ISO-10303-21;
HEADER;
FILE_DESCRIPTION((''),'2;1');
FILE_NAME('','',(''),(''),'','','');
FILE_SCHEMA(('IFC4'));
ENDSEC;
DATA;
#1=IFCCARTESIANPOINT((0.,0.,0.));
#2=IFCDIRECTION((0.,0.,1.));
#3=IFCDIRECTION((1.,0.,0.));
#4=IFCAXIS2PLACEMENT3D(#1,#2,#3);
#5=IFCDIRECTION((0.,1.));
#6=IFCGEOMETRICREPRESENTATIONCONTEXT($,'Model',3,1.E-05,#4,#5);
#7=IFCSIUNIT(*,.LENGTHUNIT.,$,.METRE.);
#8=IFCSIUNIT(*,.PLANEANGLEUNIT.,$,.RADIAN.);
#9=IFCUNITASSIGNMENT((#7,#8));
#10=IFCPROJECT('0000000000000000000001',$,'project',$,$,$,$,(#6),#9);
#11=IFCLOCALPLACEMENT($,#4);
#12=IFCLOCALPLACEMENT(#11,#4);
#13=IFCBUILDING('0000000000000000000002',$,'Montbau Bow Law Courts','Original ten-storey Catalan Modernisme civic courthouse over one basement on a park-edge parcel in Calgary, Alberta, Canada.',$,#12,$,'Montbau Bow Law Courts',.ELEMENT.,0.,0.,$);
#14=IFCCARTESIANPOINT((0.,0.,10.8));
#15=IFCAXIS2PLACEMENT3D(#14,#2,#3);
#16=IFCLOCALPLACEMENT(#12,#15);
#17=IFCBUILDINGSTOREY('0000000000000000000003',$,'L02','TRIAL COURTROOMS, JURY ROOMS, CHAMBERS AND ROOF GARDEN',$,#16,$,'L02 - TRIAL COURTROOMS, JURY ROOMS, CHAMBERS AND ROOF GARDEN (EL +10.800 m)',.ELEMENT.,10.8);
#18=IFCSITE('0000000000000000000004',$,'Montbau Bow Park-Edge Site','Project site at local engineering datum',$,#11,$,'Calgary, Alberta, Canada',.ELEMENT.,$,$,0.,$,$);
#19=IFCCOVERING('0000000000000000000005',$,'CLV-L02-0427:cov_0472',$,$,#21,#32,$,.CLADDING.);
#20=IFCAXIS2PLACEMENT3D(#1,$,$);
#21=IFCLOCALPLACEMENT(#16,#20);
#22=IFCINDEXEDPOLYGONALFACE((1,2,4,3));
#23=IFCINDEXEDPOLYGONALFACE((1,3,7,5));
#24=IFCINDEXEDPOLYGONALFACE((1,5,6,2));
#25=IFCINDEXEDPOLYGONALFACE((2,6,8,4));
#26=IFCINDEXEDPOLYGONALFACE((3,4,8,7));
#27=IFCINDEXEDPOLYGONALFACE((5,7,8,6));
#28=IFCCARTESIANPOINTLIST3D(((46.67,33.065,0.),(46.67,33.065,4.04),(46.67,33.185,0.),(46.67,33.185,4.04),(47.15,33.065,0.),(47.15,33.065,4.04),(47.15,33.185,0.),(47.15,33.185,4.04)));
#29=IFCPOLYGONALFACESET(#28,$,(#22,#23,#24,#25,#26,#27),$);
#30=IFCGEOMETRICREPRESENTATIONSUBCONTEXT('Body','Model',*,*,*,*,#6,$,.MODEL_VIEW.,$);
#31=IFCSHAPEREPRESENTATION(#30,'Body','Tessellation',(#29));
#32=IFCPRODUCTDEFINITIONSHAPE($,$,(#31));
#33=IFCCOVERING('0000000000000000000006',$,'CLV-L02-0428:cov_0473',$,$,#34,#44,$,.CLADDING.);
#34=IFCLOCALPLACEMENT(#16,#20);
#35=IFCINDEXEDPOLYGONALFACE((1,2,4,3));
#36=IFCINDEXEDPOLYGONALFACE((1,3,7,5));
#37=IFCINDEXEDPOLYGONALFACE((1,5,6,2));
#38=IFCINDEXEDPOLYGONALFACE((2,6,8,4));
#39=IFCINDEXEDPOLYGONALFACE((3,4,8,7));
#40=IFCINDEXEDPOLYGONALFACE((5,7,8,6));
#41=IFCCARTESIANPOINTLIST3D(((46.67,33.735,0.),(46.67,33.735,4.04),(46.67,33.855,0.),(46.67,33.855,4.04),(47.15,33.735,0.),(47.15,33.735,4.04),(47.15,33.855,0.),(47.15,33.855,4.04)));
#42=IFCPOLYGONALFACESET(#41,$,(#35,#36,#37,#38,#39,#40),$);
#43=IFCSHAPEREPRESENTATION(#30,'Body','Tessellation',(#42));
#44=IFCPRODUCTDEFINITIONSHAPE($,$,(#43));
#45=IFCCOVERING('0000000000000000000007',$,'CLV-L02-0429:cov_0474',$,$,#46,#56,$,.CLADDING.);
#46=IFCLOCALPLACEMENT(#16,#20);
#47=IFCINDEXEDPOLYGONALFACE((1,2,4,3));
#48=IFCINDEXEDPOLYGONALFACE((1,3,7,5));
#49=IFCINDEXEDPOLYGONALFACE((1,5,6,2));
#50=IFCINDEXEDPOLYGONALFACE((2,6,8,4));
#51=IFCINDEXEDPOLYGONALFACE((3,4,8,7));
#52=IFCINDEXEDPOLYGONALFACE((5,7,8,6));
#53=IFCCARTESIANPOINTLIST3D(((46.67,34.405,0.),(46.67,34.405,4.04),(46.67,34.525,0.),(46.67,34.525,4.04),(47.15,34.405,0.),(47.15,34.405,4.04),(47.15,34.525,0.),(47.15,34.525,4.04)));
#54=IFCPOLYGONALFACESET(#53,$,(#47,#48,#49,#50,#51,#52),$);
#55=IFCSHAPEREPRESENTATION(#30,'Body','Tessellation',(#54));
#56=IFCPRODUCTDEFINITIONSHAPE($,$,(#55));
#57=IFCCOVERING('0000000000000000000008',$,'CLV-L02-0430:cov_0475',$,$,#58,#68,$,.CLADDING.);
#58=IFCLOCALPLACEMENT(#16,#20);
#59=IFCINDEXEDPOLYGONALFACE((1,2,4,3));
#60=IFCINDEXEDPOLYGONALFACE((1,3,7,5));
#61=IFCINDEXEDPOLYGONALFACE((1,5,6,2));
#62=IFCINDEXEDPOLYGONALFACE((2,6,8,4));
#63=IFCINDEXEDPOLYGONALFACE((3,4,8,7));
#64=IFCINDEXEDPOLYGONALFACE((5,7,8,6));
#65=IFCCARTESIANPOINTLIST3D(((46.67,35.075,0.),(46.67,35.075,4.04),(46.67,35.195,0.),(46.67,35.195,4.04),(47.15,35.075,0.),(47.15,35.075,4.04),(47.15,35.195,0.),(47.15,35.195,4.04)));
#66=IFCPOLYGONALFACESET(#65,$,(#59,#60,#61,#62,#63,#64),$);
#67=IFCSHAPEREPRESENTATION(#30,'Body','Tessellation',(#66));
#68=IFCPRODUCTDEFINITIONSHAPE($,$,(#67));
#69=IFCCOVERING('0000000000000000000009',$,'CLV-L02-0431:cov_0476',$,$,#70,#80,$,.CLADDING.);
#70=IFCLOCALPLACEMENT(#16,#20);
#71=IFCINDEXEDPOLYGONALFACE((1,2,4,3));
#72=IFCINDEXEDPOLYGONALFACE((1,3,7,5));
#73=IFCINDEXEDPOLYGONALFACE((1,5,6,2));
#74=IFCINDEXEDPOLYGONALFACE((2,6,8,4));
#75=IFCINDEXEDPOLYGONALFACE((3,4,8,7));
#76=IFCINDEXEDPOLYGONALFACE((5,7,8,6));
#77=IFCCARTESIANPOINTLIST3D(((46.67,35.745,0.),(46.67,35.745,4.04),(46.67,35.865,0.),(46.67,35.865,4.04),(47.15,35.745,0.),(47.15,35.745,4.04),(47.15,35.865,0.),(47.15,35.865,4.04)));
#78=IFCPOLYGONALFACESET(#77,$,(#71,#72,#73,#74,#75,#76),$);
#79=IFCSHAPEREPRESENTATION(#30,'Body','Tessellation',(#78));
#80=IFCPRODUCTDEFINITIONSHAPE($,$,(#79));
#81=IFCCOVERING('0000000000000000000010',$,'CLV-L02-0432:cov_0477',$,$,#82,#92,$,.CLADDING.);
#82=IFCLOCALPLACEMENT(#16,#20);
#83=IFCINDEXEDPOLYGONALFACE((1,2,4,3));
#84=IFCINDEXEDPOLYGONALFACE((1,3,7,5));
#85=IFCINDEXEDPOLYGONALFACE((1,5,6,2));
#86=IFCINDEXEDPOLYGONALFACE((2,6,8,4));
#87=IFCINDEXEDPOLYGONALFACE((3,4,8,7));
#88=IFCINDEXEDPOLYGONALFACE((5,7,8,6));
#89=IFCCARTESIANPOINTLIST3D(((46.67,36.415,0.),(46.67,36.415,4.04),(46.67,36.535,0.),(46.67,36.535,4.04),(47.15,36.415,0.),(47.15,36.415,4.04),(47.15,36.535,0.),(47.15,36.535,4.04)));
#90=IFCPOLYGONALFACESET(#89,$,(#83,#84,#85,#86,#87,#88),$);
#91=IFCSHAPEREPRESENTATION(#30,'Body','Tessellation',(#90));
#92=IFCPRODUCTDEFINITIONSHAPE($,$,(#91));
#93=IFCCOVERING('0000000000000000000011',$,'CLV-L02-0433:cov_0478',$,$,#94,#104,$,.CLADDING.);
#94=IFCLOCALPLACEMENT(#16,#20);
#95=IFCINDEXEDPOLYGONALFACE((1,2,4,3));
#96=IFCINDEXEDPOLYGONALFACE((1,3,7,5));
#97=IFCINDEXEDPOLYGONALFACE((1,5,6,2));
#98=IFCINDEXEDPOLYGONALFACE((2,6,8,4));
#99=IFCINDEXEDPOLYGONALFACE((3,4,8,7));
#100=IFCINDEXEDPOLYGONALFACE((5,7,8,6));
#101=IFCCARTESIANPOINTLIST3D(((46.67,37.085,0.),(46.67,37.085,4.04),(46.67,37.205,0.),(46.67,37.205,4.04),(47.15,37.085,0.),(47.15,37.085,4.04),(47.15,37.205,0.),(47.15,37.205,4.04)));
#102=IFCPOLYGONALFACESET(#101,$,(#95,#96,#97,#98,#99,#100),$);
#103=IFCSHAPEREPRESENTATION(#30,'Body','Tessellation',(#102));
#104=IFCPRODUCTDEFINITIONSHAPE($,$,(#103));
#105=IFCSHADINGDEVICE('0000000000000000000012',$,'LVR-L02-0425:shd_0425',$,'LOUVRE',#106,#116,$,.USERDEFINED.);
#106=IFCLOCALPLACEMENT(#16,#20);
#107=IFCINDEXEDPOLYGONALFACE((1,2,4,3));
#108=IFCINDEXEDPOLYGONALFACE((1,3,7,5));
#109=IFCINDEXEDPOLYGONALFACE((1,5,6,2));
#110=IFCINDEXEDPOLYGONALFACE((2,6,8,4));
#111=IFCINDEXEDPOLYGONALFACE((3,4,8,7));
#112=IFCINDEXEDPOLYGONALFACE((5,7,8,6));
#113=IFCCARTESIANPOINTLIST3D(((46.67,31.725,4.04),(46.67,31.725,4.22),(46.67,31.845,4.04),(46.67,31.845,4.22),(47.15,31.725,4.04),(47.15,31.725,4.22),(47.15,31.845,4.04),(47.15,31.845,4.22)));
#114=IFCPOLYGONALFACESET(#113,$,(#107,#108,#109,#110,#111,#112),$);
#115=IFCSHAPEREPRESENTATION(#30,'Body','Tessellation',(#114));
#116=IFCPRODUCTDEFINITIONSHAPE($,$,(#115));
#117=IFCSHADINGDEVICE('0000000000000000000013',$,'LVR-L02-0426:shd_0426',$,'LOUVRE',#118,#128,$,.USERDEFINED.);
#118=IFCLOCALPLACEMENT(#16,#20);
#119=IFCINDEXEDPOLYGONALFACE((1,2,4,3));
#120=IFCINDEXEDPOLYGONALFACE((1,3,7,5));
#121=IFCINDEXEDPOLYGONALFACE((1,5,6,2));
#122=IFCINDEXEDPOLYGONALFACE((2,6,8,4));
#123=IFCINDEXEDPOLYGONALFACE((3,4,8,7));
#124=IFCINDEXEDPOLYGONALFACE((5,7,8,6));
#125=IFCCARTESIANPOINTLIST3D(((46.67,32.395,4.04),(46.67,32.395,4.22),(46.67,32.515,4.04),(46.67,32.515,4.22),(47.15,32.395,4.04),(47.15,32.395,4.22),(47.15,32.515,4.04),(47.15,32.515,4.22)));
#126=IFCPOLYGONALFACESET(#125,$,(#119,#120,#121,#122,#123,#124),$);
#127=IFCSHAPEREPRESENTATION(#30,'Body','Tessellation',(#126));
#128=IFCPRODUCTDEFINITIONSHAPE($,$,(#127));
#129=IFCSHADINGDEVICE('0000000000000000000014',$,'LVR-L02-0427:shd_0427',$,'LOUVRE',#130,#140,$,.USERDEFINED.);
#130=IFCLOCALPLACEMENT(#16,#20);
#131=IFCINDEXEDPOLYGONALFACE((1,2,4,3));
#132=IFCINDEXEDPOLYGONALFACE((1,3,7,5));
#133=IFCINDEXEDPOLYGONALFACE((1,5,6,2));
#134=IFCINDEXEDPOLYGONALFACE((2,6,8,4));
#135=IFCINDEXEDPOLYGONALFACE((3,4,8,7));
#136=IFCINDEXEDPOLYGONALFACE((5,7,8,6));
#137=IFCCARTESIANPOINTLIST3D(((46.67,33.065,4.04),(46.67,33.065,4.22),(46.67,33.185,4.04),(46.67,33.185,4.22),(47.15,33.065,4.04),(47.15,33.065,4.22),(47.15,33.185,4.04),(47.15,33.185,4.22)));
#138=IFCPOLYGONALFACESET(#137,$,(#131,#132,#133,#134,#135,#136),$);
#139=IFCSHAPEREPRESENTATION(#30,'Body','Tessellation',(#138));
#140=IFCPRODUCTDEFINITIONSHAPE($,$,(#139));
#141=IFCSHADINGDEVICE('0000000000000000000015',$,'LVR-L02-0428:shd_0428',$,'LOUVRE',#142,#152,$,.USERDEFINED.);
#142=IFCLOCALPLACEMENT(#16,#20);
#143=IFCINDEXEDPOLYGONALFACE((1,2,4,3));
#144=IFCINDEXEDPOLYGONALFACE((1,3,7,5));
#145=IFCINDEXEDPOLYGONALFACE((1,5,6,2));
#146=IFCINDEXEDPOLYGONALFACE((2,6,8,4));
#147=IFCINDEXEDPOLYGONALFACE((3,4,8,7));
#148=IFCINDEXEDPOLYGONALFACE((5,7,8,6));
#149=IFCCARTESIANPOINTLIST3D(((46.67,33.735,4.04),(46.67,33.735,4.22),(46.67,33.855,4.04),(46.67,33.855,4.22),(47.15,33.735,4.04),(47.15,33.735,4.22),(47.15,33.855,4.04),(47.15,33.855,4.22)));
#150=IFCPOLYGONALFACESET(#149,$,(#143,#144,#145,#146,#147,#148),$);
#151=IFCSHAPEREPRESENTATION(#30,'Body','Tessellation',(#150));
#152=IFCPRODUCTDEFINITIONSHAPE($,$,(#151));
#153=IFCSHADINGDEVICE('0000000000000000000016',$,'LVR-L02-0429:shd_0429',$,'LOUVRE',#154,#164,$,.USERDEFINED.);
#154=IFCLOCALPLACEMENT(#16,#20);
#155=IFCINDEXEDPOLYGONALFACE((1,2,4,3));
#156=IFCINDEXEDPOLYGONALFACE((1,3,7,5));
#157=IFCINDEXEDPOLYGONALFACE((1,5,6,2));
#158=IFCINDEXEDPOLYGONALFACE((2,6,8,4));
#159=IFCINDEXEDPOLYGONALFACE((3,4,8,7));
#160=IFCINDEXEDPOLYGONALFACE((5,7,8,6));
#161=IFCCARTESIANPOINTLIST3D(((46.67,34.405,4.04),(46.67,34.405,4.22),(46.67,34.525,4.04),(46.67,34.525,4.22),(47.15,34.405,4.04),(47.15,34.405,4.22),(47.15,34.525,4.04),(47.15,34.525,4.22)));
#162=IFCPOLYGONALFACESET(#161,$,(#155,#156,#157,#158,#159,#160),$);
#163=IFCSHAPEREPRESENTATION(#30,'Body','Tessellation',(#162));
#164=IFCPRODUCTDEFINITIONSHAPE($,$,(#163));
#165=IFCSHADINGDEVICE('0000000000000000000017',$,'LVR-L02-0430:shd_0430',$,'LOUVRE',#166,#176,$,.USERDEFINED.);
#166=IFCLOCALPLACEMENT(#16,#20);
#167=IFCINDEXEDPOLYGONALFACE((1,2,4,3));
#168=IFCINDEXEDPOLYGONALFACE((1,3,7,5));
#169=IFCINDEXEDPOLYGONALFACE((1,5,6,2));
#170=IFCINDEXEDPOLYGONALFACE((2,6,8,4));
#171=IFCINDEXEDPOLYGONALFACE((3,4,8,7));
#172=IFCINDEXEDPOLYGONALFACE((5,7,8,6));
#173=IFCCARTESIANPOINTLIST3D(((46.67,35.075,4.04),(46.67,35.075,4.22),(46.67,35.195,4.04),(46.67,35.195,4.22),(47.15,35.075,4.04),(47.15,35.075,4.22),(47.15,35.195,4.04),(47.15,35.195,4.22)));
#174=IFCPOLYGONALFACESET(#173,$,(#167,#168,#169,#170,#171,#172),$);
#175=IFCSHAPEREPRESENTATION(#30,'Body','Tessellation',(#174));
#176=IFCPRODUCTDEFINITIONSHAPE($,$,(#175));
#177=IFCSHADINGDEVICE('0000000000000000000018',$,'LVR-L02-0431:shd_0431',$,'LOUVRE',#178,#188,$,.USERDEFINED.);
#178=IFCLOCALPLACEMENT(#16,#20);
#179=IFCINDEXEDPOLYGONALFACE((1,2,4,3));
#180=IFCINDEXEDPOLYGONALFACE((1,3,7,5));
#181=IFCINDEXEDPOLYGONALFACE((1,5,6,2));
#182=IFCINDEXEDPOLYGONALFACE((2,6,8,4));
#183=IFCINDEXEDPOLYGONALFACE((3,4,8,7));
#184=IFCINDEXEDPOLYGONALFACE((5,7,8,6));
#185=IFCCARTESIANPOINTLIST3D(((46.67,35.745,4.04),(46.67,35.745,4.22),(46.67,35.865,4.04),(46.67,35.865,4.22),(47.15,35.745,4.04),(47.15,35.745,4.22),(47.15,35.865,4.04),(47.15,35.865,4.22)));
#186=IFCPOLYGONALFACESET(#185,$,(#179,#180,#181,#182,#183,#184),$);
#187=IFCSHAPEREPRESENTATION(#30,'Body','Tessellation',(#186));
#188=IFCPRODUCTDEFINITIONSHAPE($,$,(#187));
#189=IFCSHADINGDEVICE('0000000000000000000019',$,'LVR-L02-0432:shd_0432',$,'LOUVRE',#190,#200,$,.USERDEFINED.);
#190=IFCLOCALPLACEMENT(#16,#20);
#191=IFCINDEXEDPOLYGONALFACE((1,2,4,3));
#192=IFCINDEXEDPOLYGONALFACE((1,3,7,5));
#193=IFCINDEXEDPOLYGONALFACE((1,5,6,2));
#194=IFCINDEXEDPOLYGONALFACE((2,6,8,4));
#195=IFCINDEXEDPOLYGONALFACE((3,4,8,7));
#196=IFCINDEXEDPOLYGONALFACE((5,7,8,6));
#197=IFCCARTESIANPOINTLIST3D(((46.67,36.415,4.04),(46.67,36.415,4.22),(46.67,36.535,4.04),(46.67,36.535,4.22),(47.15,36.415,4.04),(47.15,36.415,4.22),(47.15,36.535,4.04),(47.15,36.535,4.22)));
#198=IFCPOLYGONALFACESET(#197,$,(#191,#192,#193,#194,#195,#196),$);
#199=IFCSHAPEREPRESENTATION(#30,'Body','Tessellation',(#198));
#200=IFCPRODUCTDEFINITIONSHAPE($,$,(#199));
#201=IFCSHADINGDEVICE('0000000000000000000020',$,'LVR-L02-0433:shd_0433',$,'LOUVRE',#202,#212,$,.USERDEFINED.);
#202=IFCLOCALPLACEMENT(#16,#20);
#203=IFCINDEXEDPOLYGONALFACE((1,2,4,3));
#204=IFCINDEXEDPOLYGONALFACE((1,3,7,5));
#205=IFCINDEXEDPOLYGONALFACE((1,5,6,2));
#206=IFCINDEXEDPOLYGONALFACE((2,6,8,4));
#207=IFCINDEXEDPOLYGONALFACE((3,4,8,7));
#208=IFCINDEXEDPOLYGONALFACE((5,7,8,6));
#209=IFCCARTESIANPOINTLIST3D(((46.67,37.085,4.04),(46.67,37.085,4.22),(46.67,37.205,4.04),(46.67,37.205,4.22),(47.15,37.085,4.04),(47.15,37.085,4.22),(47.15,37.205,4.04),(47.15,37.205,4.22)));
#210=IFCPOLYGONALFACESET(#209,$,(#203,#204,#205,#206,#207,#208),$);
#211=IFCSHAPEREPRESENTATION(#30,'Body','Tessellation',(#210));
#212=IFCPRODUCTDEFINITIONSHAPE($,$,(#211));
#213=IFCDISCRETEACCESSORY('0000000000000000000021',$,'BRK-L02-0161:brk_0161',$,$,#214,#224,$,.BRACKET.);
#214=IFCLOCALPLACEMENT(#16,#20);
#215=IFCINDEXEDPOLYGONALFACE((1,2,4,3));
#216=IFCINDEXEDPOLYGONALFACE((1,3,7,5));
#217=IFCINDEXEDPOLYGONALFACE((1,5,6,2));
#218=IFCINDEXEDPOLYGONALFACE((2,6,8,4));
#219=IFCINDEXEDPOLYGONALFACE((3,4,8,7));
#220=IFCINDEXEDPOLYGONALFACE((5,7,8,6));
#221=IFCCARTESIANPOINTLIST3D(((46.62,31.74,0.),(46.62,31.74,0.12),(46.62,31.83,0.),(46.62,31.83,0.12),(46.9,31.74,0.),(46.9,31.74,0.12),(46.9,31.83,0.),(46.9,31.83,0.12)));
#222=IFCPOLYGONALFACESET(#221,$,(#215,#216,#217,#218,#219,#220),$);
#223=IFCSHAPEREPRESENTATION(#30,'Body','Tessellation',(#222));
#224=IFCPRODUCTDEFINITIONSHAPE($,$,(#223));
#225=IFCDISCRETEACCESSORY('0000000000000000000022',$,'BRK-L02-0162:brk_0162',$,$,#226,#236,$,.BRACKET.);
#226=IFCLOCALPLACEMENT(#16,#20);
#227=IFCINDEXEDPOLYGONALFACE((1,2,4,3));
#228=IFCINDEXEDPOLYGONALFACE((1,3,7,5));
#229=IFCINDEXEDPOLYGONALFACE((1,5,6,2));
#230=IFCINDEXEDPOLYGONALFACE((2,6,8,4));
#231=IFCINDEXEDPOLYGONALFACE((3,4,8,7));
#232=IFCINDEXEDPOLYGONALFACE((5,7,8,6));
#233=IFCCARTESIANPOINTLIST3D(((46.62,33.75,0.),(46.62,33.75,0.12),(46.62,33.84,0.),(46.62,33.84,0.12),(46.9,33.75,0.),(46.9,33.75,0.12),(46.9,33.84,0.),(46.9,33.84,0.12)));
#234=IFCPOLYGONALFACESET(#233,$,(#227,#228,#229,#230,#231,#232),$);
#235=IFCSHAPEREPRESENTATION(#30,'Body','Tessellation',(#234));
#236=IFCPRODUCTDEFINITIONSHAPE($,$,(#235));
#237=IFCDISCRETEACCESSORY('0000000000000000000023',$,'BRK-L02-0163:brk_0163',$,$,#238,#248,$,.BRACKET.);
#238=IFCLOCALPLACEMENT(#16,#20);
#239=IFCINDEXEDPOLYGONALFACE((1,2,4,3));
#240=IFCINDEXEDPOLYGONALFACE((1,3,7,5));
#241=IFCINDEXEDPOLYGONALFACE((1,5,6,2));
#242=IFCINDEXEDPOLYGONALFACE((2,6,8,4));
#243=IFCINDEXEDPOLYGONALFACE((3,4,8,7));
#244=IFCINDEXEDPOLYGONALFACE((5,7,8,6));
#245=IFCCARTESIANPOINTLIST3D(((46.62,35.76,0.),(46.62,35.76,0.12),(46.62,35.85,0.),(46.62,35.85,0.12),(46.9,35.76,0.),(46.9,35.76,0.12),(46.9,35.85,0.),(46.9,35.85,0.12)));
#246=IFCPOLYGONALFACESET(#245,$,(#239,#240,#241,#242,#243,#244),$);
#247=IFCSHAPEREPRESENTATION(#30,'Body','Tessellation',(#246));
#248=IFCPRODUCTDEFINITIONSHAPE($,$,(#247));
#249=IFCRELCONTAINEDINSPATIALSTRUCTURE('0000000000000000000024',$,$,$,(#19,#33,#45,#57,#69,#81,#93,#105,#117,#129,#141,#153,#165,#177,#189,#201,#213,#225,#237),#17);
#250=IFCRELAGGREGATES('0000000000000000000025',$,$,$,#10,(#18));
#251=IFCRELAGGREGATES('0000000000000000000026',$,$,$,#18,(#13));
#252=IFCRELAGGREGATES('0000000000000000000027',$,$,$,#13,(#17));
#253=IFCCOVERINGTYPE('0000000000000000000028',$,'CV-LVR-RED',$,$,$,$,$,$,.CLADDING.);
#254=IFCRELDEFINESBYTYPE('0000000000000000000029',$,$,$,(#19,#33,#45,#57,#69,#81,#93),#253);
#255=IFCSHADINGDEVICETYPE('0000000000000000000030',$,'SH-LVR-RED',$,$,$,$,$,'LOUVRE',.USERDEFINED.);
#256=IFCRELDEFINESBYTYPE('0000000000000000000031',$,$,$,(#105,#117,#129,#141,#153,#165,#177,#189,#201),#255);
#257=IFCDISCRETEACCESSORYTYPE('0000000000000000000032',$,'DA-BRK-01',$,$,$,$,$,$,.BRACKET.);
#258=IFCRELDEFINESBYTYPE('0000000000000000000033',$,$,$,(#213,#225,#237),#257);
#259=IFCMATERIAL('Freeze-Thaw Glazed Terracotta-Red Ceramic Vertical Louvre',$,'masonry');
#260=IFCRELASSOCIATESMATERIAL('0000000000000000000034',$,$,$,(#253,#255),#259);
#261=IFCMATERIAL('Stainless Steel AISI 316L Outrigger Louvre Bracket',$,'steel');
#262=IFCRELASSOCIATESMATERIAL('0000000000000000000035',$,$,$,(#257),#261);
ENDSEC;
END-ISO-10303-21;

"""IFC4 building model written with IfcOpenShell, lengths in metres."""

from ifc_helpers import new_model, si_unit, direction, frame, frame_2d, origin_with_axes, origin_2d_with_axis, place, context, subcontext, project, spatial, rectangle, extrude, material, type_object, element, save


model = new_model("IFC4")

# Units and contexts
model_context = context("Model", 3, precision=1e-05, world=origin_with_axes(), true_north=direction((0.0, 1.0)))
body_context = subcontext(model_context, "Body", "Model", "MODEL_VIEW")
ifc_project = project(units=[si_unit("LENGTHUNIT", "METRE"), si_unit("PLANEANGLEUNIT", "RADIAN")], contexts=[model_context])

# Site, building, storey
site_placement = place(None, origin_with_axes())
site = spatial("IfcSite", under=ifc_project, at=site_placement, Name="Montbau Bow Park-Edge Site", Description="Project site at local engineering datum", LongName="Calgary, Alberta, Canada", CompositionType="ELEMENT", RefElevation=0.0)
building_placement = place(site_placement, origin_with_axes())
building = spatial("IfcBuilding", under=site, at=building_placement, Name="Montbau Bow Law Courts", Description="Original ten-storey Catalan Modernisme civic courthouse over one basement on a park-edge parcel in Calgary, Alberta, Canada.", LongName="Montbau Bow Law Courts", CompositionType="ELEMENT", ElevationOfRefHeight=0.0, ElevationOfTerrain=0.0)
storey_placement = place(building_placement, frame((0.0, 0.0, 10.8), z_axis=(0.0, 0.0, 1.0), x_axis=(1.0, 0.0, 0.0)))
storey = spatial("IfcBuildingStorey", under=building, at=storey_placement, Name="L02", Description="TRIAL COURTROOMS, JURY ROOMS, CHAMBERS AND ROOF GARDEN", LongName="L02 - TRIAL COURTROOMS, JURY ROOMS, CHAMBERS AND ROOF GARDEN (EL +10.800 m)", CompositionType="ELEMENT", Elevation=10.8)

# Coverings
ifc_material_1 = material(Name="Freeze-Thaw Glazed Terracotta-Red Ceramic Vertical Louvre", Category="masonry")
covering_type = type_object("IfcCoveringType", Name="CV-LVR-RED", PredefinedType="CLADDING", material=ifc_material_1)
for number, where, z_axis, x_axis, name in (
    (1, (46.67, 33.125, 10.8), (0.0, -1.0, 0.0), (1.0, 0.0, 0.0), "CLV-L02-0427:cov_0472"),
    (2, (46.67, 33.795, 10.8), (0.0, -1.0, 0.0), (1.0, 0.0, 0.0), "CLV-L02-0428:cov_0473"),
    (3, (46.67, 34.465, 10.8), (0.0, -1.0, 0.0), (1.0, 0.0, 0.0), "CLV-L02-0429:cov_0474"),
    (4, (46.67, 35.135, 10.8), (0.0, -1.0, 0.0), (1.0, 0.0, 0.0), "CLV-L02-0430:cov_0475"),
    (5, (46.67, 35.805, 10.8), (0.0, -1.0, 0.0), (1.0, 0.0, 0.0), "CLV-L02-0431:cov_0476"),
    (6, (46.67, 36.475, 10.8), (0.0, -1.0, 0.0), (1.0, 0.0, 0.0), "CLV-L02-0432:cov_0477"),
    (7, (46.67, 37.145, 10.8), (0.0, -1.0, 0.0), (1.0, 0.0, 0.0), "CLV-L02-0433:cov_0478"),
):
    element("IfcCovering", number, at=place(None, frame(where, z_axis=z_axis, x_axis=x_axis)), inside=storey, type_object=covering_type, Name=name, PredefinedType="CLADDING", context=body_context, shape_type="SweptSolid", body=[
        extrude(rectangle(XDim=0.48, YDim=4.04, at=frame_2d((0.24, 2.02), x_axis=(1.0, 0.0))), frame((0.0, 0.0, -0.06), z_axis=(0.0, 0.0, 1.0), x_axis=(1.0, 0.0, 0.0)), (0.0, 0.0, 1.0), 0.12),
    ])

# Shading devices
shading_device_type = type_object("IfcShadingDeviceType", Name="SH-LVR-RED", ElementType="LOUVRE", PredefinedType="USERDEFINED", material=ifc_material_1)
for number, where, z_axis, x_axis, name in (
    (8, (46.91, 31.785, 14.84), (0.0, 0.0, 1.0), (1.0, 0.0, 0.0), "LVR-L02-0425:shd_0425"),
    (9, (46.91, 32.455, 14.84), (0.0, 0.0, 1.0), (1.0, 0.0, 0.0), "LVR-L02-0426:shd_0426"),
    (10, (46.91, 33.125, 14.84), (0.0, 0.0, 1.0), (1.0, 0.0, 0.0), "LVR-L02-0427:shd_0427"),
    (11, (46.91, 33.795, 14.84), (0.0, 0.0, 1.0), (1.0, 0.0, 0.0), "LVR-L02-0428:shd_0428"),
    (12, (46.91, 34.465, 14.84), (0.0, 0.0, 1.0), (1.0, 0.0, 0.0), "LVR-L02-0429:shd_0429"),
    (13, (46.91, 35.135, 14.84), (0.0, 0.0, 1.0), (1.0, 0.0, 0.0), "LVR-L02-0430:shd_0430"),
    (14, (46.91, 35.805, 14.84), (0.0, 0.0, 1.0), (1.0, 0.0, 0.0), "LVR-L02-0431:shd_0431"),
    (15, (46.91, 36.475, 14.84), (0.0, 0.0, 1.0), (1.0, 0.0, 0.0), "LVR-L02-0432:shd_0432"),
    (16, (46.91, 37.145, 14.84), (0.0, 0.0, 1.0), (1.0, 0.0, 0.0), "LVR-L02-0433:shd_0433"),
):
    element("IfcShadingDevice", number, at=place(None, frame(where, z_axis=z_axis, x_axis=x_axis)), inside=storey, type_object=shading_device_type, Name=name, ObjectType="LOUVRE", PredefinedType="USERDEFINED", context=body_context, shape_type="SweptSolid", body=[
        extrude(rectangle(XDim=0.48, YDim=0.12, at=origin_2d_with_axis()), origin_with_axes(), (0.0, 0.0, 1.0), 0.18),
    ])

# Discrete accessories
ifc_material_2 = material(Name="Stainless Steel AISI 316L Outrigger Louvre Bracket", Category="steel")
discrete_accessory_type = type_object("IfcDiscreteAccessoryType", Name="DA-BRK-01", PredefinedType="BRACKET", material=ifc_material_2)
for number, where, z_axis, x_axis, name in (
    (17, (46.76, 31.785, 10.8), (0.0, 0.0, 1.0), (1.0, 0.0, 0.0), "BRK-L02-0161:brk_0161"),
    (18, (46.76, 33.795, 10.8), (0.0, 0.0, 1.0), (1.0, 0.0, 0.0), "BRK-L02-0162:brk_0162"),
    (19, (46.76, 35.805, 10.8), (0.0, 0.0, 1.0), (1.0, 0.0, 0.0), "BRK-L02-0163:brk_0163"),
):
    element("IfcDiscreteAccessory", number, at=place(None, frame(where, z_axis=z_axis, x_axis=x_axis)), inside=storey, type_object=discrete_accessory_type, Name=name, PredefinedType="BRACKET", context=body_context, shape_type="SweptSolid", body=[
        extrude(rectangle(XDim=0.28, YDim=0.09, at=origin_2d_with_axis()), origin_with_axes(), (0.0, 0.0, 1.0), 0.12),
    ])

save(model, "model.ifc")
